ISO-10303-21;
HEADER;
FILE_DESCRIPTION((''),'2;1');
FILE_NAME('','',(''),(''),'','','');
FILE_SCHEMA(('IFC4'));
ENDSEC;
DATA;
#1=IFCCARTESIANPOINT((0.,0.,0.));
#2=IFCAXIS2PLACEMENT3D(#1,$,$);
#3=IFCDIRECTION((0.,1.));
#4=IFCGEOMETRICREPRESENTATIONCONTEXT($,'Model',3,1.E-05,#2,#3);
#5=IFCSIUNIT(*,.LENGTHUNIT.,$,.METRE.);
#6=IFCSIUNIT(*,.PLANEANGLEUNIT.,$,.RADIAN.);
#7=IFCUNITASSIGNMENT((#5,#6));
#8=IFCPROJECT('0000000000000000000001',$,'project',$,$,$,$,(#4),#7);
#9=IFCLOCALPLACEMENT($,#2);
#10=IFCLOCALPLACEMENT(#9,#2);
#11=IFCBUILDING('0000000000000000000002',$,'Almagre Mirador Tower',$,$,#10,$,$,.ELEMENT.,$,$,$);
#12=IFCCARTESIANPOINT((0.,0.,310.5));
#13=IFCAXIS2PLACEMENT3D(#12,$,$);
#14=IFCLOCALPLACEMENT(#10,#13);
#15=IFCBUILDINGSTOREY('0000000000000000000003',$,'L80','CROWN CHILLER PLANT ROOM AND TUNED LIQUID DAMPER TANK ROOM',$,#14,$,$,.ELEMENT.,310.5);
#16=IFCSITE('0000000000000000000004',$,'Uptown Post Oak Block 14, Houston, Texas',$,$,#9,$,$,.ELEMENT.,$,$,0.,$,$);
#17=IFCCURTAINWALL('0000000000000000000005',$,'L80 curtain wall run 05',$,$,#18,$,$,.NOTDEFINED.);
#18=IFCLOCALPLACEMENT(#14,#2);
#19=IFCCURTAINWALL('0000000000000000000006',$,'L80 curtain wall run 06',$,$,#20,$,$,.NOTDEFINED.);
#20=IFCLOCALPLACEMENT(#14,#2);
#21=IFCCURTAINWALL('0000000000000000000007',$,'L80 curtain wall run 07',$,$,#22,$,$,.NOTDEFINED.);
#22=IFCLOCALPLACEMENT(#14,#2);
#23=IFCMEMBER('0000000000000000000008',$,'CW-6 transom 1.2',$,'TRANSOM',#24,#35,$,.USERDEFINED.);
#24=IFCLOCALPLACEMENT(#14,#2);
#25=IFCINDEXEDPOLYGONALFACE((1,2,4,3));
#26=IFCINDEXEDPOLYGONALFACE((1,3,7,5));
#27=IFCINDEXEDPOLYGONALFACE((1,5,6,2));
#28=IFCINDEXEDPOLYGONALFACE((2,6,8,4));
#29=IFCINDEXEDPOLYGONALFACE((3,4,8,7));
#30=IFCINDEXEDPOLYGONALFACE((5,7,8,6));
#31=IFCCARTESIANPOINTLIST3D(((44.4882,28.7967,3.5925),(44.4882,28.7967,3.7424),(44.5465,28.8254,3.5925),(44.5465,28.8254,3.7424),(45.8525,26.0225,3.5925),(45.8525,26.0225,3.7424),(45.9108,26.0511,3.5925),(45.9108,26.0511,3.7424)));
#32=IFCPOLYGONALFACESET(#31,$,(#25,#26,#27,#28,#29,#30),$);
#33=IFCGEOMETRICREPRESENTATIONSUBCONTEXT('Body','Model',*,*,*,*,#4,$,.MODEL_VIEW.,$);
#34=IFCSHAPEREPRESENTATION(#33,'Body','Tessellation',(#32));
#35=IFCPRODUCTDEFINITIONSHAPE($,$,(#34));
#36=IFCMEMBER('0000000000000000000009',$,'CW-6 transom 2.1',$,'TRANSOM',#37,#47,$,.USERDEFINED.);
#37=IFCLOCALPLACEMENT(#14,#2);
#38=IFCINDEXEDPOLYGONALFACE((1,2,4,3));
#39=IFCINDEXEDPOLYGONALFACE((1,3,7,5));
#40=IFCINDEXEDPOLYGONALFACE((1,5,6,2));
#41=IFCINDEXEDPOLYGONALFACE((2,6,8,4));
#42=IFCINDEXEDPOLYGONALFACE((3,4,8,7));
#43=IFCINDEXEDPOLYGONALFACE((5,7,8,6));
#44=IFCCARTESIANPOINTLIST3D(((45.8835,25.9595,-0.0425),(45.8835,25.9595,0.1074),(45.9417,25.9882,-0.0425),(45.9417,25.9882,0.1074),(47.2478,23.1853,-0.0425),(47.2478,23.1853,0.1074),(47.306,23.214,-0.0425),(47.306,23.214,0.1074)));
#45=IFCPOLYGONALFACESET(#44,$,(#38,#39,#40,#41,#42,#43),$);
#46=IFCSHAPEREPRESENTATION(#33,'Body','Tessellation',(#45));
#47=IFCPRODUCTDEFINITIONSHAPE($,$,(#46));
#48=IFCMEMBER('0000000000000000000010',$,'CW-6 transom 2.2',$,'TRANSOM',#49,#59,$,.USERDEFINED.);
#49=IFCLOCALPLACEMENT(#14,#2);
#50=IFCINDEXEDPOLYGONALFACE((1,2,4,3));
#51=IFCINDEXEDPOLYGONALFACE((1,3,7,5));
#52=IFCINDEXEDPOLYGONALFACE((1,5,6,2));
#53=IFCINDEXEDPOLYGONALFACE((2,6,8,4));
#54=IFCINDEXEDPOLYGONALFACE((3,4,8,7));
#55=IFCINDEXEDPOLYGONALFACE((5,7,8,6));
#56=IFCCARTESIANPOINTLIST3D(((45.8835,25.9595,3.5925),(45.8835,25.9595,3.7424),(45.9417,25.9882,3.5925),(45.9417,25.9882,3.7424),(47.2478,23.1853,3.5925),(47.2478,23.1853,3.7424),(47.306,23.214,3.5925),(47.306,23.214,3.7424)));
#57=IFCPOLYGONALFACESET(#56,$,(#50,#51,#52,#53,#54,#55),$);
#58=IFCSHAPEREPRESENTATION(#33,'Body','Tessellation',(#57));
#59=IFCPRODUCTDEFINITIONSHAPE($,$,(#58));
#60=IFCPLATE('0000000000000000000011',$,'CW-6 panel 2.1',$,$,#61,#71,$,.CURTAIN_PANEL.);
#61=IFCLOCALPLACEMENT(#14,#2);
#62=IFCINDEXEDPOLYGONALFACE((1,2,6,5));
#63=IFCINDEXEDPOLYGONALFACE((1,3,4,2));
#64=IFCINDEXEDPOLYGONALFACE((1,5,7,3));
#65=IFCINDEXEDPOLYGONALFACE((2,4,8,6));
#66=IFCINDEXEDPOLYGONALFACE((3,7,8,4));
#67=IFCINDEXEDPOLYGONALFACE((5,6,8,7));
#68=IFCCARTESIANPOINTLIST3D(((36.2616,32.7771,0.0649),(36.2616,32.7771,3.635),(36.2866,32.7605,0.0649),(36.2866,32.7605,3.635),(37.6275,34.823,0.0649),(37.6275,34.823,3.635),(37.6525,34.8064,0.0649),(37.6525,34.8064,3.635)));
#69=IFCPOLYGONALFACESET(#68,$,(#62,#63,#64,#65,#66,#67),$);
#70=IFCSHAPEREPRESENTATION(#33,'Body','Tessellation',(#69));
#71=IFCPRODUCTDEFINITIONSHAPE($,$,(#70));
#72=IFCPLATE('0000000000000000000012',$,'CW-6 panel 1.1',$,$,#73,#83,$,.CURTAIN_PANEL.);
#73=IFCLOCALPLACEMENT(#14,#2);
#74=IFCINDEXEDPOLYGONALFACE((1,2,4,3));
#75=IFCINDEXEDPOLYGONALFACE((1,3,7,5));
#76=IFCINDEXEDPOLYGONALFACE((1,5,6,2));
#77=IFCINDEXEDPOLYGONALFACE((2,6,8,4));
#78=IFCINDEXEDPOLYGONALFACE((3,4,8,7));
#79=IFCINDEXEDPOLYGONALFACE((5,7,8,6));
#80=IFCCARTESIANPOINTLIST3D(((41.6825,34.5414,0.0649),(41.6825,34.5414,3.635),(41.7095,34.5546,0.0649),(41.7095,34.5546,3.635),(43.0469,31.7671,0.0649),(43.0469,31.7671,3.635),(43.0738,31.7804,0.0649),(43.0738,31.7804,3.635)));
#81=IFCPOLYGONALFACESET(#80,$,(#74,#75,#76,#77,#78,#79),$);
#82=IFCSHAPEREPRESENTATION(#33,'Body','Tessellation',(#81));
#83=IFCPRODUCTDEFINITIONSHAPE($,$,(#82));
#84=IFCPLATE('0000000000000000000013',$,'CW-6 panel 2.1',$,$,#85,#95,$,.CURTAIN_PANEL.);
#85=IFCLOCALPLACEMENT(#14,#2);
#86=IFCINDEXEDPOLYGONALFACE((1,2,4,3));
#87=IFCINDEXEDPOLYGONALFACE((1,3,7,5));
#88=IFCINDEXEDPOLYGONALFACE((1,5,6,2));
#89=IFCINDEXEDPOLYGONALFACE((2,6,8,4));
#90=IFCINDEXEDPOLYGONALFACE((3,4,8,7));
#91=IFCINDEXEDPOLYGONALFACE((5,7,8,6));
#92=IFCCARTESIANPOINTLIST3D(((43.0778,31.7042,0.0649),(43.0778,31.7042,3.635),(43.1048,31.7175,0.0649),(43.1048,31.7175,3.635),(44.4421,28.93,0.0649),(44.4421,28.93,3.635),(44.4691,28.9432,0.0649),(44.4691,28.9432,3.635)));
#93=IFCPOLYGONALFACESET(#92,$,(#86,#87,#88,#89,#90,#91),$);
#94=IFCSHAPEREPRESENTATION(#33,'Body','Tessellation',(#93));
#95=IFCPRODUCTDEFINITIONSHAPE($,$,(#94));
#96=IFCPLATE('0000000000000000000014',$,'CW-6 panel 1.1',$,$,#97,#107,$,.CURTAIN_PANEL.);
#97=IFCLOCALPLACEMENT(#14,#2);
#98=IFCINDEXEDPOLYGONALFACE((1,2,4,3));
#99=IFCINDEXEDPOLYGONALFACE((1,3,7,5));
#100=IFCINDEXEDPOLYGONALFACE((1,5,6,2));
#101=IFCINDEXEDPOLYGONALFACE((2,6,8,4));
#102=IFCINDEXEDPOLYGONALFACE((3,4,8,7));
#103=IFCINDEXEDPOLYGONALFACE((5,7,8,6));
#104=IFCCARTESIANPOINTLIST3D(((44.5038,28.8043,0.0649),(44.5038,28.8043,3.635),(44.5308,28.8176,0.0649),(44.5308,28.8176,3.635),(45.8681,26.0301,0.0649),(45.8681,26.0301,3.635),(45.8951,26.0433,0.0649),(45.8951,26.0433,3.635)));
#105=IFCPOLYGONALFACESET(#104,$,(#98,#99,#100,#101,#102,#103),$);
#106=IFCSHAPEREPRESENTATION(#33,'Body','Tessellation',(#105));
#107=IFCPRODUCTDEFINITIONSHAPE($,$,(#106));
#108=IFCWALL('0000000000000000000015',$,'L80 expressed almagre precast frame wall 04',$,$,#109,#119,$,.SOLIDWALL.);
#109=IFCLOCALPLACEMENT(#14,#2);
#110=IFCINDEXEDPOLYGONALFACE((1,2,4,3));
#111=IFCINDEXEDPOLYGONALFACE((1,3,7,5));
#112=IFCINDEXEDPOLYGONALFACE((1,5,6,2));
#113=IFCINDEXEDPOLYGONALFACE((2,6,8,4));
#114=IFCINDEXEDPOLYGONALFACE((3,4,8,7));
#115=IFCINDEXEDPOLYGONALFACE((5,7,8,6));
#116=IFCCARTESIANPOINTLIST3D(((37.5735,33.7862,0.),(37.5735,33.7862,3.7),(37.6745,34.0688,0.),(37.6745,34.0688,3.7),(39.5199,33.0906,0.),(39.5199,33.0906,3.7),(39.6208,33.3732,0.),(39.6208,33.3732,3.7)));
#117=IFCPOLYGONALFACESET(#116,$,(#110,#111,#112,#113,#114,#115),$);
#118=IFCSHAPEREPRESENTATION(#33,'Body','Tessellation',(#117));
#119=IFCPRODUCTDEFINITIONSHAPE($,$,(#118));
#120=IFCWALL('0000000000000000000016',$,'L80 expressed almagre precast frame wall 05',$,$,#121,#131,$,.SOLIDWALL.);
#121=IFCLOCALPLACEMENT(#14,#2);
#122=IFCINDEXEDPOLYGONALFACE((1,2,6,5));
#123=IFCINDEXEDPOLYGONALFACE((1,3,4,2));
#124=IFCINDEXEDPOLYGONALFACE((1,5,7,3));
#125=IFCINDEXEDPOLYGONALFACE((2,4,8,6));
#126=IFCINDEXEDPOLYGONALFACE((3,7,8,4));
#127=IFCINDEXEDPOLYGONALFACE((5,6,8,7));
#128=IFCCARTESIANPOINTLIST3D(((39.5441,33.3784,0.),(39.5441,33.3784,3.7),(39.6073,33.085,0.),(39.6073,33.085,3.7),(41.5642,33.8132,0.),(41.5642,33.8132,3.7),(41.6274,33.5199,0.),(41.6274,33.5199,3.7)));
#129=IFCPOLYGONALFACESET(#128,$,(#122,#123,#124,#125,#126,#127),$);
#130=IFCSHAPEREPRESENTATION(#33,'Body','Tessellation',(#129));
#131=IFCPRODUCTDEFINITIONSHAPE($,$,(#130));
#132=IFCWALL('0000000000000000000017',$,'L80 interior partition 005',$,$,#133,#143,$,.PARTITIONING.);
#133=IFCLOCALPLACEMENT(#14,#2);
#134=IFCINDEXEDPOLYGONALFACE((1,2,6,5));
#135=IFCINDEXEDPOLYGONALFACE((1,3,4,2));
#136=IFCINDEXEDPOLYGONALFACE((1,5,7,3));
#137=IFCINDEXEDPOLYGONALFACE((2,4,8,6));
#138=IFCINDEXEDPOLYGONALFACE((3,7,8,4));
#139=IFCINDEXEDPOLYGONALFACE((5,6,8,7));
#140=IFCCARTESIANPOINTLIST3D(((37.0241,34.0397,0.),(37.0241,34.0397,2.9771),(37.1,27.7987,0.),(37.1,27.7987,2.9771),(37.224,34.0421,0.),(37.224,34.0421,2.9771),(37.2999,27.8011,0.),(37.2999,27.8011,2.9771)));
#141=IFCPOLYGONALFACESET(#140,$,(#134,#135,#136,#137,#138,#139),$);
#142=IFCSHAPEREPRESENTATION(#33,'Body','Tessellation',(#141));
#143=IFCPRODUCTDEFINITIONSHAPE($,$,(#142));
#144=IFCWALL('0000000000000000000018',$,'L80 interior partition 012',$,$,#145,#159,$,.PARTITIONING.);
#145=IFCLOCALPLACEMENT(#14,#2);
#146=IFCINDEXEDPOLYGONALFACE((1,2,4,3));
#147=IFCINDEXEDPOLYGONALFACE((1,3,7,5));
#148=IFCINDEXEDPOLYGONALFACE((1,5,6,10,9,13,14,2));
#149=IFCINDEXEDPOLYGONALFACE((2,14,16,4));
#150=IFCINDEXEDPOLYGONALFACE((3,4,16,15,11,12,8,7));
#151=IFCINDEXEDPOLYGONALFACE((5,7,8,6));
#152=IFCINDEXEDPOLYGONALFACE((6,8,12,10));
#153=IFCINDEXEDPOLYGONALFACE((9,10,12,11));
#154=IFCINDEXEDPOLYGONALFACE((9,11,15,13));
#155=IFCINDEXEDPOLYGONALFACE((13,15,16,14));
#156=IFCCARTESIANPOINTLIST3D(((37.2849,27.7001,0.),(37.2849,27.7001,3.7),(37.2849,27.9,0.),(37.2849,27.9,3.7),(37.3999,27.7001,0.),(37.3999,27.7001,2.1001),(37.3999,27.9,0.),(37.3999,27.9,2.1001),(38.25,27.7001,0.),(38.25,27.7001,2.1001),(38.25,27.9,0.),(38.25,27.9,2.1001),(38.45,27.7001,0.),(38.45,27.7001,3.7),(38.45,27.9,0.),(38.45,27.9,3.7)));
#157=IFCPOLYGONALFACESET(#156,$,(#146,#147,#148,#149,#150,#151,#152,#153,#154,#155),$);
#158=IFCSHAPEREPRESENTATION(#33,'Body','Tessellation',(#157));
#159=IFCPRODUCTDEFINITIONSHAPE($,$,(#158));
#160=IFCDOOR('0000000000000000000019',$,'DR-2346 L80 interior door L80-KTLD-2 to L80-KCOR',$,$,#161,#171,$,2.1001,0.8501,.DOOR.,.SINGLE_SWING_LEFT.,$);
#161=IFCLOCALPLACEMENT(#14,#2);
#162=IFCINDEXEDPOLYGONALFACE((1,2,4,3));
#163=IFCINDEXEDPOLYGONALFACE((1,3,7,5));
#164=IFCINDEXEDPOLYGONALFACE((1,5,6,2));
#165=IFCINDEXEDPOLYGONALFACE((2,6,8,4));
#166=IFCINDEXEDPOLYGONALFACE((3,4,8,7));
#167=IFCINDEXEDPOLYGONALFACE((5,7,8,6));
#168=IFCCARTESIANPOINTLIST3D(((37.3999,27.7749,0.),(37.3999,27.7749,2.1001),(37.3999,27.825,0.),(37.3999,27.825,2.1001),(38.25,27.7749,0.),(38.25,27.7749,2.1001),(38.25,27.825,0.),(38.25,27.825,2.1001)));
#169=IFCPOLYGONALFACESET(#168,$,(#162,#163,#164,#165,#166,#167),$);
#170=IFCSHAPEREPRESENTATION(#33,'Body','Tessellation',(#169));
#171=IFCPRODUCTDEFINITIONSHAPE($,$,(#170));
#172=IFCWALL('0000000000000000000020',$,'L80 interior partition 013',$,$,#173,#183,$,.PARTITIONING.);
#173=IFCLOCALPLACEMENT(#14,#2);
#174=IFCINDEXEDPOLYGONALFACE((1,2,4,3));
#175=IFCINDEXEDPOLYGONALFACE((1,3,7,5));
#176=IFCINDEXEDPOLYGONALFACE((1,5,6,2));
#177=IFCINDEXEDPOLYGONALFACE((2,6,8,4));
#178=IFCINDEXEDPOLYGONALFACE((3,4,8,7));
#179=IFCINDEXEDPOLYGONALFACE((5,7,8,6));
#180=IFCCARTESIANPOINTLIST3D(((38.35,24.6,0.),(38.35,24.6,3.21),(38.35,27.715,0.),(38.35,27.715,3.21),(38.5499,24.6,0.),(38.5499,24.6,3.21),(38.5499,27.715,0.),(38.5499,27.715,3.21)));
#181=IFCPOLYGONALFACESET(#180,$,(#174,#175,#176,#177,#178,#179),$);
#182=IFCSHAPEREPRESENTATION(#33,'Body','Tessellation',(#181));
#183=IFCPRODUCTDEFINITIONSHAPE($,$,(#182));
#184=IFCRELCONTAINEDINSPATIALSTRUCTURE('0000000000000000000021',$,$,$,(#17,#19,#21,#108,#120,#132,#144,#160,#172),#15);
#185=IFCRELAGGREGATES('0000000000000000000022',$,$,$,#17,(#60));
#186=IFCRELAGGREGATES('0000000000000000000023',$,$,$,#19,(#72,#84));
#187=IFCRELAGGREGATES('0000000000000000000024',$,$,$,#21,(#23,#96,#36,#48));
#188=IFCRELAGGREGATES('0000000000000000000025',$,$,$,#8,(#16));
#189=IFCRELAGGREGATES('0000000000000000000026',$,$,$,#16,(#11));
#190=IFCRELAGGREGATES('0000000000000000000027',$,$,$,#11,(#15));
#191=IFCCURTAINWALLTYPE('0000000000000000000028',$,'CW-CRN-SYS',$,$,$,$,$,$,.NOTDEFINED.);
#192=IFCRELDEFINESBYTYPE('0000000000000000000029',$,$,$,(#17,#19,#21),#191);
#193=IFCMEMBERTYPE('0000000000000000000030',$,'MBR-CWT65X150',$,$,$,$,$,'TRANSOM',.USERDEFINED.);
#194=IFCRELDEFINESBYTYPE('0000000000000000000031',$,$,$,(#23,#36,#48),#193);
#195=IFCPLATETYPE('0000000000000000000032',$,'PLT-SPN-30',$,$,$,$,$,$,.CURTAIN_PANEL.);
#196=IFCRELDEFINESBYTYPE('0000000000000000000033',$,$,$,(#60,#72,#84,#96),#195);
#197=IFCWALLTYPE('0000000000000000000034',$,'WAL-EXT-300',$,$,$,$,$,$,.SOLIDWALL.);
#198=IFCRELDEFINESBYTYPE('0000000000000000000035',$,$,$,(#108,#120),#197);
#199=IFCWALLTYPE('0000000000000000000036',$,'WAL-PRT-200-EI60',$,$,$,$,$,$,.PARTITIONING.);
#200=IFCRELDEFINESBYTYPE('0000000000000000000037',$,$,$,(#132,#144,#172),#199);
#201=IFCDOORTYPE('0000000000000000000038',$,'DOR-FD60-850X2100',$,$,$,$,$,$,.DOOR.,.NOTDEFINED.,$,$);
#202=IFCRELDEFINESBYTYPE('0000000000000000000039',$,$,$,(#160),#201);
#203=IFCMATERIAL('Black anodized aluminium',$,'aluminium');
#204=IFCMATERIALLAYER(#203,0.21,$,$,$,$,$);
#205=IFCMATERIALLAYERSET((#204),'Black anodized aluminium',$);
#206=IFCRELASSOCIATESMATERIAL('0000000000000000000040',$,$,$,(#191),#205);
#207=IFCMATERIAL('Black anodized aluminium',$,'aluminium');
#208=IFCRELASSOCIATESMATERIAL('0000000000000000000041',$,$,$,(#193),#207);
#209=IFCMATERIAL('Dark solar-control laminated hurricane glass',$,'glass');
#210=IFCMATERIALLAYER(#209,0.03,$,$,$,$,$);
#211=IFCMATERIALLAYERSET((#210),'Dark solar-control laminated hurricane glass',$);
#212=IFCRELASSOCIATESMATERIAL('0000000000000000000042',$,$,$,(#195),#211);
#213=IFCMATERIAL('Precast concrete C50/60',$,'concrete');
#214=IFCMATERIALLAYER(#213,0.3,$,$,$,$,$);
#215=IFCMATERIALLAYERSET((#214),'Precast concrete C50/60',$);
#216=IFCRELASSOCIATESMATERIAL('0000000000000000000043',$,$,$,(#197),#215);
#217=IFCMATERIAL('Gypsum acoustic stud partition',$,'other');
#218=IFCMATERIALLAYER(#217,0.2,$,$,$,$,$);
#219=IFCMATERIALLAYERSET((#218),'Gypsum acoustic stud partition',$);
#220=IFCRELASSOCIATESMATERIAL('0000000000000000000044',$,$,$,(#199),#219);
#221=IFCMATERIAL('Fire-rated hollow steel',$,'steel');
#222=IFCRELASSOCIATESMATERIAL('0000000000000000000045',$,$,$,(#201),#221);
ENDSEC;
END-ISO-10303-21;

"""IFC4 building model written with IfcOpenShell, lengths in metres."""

from ifc_helpers import new_model, si_unit, direction, frame, frame_2d, origin, origin_2d, place, context, subcontext, project, spatial, rectangle, extrude, material, layer, layer_set, material_profile, profile_set, type_object, element, fill, aggregate, save


model = new_model("IFC4")

# Units and contexts
model_context = context("Model", 3, precision=1e-05, world=origin(), true_north=direction((0.0, 1.0)))
body_context = subcontext(model_context, "Body", "Model", "MODEL_VIEW")
ifc_project = project(units=[si_unit("LENGTHUNIT", "METRE"), si_unit("PLANEANGLEUNIT", "RADIAN")], contexts=[model_context])

# Site, building, storey
site_placement = place(None, origin())
site = spatial("IfcSite", under=ifc_project, at=site_placement, Name="Uptown Post Oak Block 14, Houston, Texas", CompositionType="ELEMENT", RefElevation=0.0)
building_placement = place(site_placement, origin())
building = spatial("IfcBuilding", under=site, at=building_placement, Name="Almagre Mirador Tower", CompositionType="ELEMENT")
storey_placement = place(building_placement, frame((0.0, 0.0, 310.5)))
storey = spatial("IfcBuildingStorey", under=building, at=storey_placement, Name="L80", Description="CROWN CHILLER PLANT ROOM AND TUNED LIQUID DAMPER TANK ROOM", CompositionType="ELEMENT", Elevation=310.5)

# Curtain wall
ifc_material_1 = material(Name="Black anodized aluminium", Category="aluminium")
ifc_layer_1 = layer(ifc_material_1, 0.21)
ifc_layer_set_1 = layer_set([ifc_layer_1], Name="Black anodized aluminium")
curtain_wall_type = type_object("IfcCurtainWallType", Name="CW-CRN-SYS", PredefinedType="NOTDEFINED", material=ifc_layer_set_1)
curtain_wall_1_placement = place(storey_placement, origin())
curtain_wall_1 = element("IfcCurtainWall", 1, at=curtain_wall_1_placement, inside=storey, type_object=curtain_wall_type, Name="L80 curtain wall run 05", PredefinedType="NOTDEFINED")

# Curtain walls
curtain_wall_2_placement = place(storey_placement, origin())
curtain_wall_2 = element("IfcCurtainWall", 2, at=curtain_wall_2_placement, inside=storey, type_object=curtain_wall_type, Name="L80 curtain wall run 06", PredefinedType="NOTDEFINED")
curtain_wall_3_placement = place(storey_placement, origin())
curtain_wall_3 = element("IfcCurtainWall", 3, at=curtain_wall_3_placement, inside=storey, type_object=curtain_wall_type, Name="L80 curtain wall run 07", PredefinedType="NOTDEFINED")

# Members
ifc_material_2 = material(Name="Black anodized aluminium", Category="aluminium")
ifc_material_profile_1 = material_profile(ifc_material_2, rectangle(XDim=0.0649, YDim=0.1499, at=origin_2d()), Name="CWT65X150")
ifc_profile_set_1 = profile_set([ifc_material_profile_1], Name="Black anodized aluminium")
member_type_1 = type_object("IfcMemberType", Name="MBR-CWT65X150", ElementType="TRANSOM", PredefinedType="USERDEFINED", material=ifc_profile_set_1)
member_1_placement = place(storey_placement, frame((44.5173, 28.811, 3.6675), z_axis=(0.441297, -0.897361, 0.0), x_axis=(0.897361, 0.441297, 0.0)))
member_1 = element("IfcMember", 4, at=member_1_placement, type_object=member_type_1, Name="CW-6 transom 1.2", ObjectType="TRANSOM", PredefinedType="USERDEFINED", context=body_context, shape_type="SweptSolid", body=[
    extrude(rectangle(XDim=0.0649, YDim=0.1499, at=origin_2d()), origin(), (0.0, 0.0, 1.0), 3.0916),
])
member_2_placement = place(storey_placement, frame((45.9126, 25.9739, 0.0325), z_axis=(0.441297, -0.897361, 0.0), x_axis=(0.897361, 0.441297, 0.0)))
member_2 = element("IfcMember", 5, at=member_2_placement, type_object=member_type_1, Name="CW-6 transom 2.1", ObjectType="TRANSOM", PredefinedType="USERDEFINED", context=body_context, shape_type="SweptSolid", body=[
    extrude(rectangle(XDim=0.0649, YDim=0.1499, at=origin_2d()), origin(), (0.0, 0.0, 1.0), 3.0916),
])
member_3_placement = place(storey_placement, frame((45.9126, 25.9739, 3.6675), z_axis=(0.441297, -0.897361, 0.0), x_axis=(0.897361, 0.441297, 0.0)))
member_3 = element("IfcMember", 6, at=member_3_placement, type_object=member_type_1, Name="CW-6 transom 2.2", ObjectType="TRANSOM", PredefinedType="USERDEFINED", context=body_context, shape_type="SweptSolid", body=[
    extrude(rectangle(XDim=0.0649, YDim=0.1499, at=origin_2d()), origin(), (0.0, 0.0, 1.0), 3.0916),
])

# Plates
ifc_material_3 = material(Name="Dark solar-control laminated hurricane glass", Category="glass")
ifc_layer_2 = layer(ifc_material_3, 0.03)
ifc_layer_set_2 = layer_set([ifc_layer_2], Name="Dark solar-control laminated hurricane glass")
plate_type = type_object("IfcPlateType", Name="PLT-SPN-30", PredefinedType="CURTAIN_PANEL", material=ifc_layer_set_2)
plate_1_placement = place(storey_placement, frame((36.957, 33.7917, 0.0649), z_axis=(0.0, 0.0, 1.0), x_axis=(0.555267, 0.831672, 0.0)))
plate_1 = element("IfcPlate", 7, at=plate_1_placement, type_object=plate_type, Name="CW-6 panel 2.1", PredefinedType="CURTAIN_PANEL", context=body_context, shape_type="SweptSolid", body=[
    extrude(rectangle(XDim=2.46, YDim=0.03, at=origin_2d()), origin(), (0.0, 0.0, 1.0), 3.5701),
])
aggregate(curtain_wall_1, [plate_1])
plate_2_placement = place(storey_placement, frame((42.3782, 33.1609, 0.0649), z_axis=(0.0, 0.0, 1.0), x_axis=(0.441304, -0.897358, 0.0)))
plate_2 = element("IfcPlate", 8, at=plate_2_placement, type_object=plate_type, Name="CW-6 panel 1.1", PredefinedType="CURTAIN_PANEL", context=body_context, shape_type="SweptSolid", body=[
    extrude(rectangle(XDim=3.0916, YDim=0.03, at=origin_2d()), origin(), (0.0, 0.0, 1.0), 3.5701),
])
plate_3_placement = place(storey_placement, frame((43.7734, 30.3237, 0.0649), z_axis=(0.0, 0.0, 1.0), x_axis=(0.441304, -0.897358, 0.0)))
plate_3 = element("IfcPlate", 9, at=plate_3_placement, type_object=plate_type, Name="CW-6 panel 2.1", PredefinedType="CURTAIN_PANEL", context=body_context, shape_type="SweptSolid", body=[
    extrude(rectangle(XDim=3.0916, YDim=0.03, at=origin_2d()), origin(), (0.0, 0.0, 1.0), 3.5701),
])
aggregate(curtain_wall_2, [plate_2, plate_3])
plate_4_placement = place(storey_placement, frame((45.1995, 27.4238, 0.0649), z_axis=(0.0, 0.0, 1.0), x_axis=(0.441298, -0.897361, 0.0)))
plate_4 = element("IfcPlate", 10, at=plate_4_placement, type_object=plate_type, Name="CW-6 panel 1.1", PredefinedType="CURTAIN_PANEL", context=body_context, shape_type="SweptSolid", body=[
    extrude(rectangle(XDim=3.0916, YDim=0.03, at=origin_2d()), origin(), (0.0, 0.0, 1.0), 3.5701),
])
aggregate(curtain_wall_3, [member_1, plate_4, member_2, member_3])

# Walls
ifc_material_4 = material(Name="Precast concrete C50/60", Category="concrete")
ifc_layer_3 = layer(ifc_material_4, 0.3)
ifc_layer_set_3 = layer_set([ifc_layer_3], Name="Precast concrete C50/60")
wall_type_1 = type_object("IfcWallType", Name="WAL-EXT-300", PredefinedType="SOLIDWALL", material=ifc_layer_set_3)
wall_1_placement = place(storey_placement, frame((37.624, 33.9275, 0.0), z_axis=(0.0, 0.0, 1.0), x_axis=(0.941672, -0.336531, 0.0)))
element("IfcWall", 11, at=wall_1_placement, inside=storey, type_object=wall_type_1, Name="L80 expressed almagre precast frame wall 04", PredefinedType="SOLIDWALL", context=body_context, shape_type="SweptSolid", body=[
    extrude(rectangle(XDim=2.0669, YDim=0.3, at=frame_2d((1.0334, 0.0))), origin(), (0.0, 0.0, 1.0), 3.7),
])
wall_2_placement = place(storey_placement, frame((39.5757, 33.2317, 0.0), z_axis=(0.0, 0.0, 1.0), x_axis=(0.977608, 0.210433, 0.0)))
element("IfcWall", 12, at=wall_2_placement, inside=storey, type_object=wall_type_1, Name="L80 expressed almagre precast frame wall 05", PredefinedType="SOLIDWALL", context=body_context, shape_type="SweptSolid", body=[
    extrude(rectangle(XDim=2.0664, YDim=0.3, at=frame_2d((1.0332, 0.0))), origin(), (0.0, 0.0, 1.0), 3.7),
])
ifc_material_5 = material(Name="Gypsum acoustic stud partition", Category="other")
ifc_layer_4 = layer(ifc_material_5, 0.2)
ifc_layer_set_4 = layer_set([ifc_layer_4], Name="Gypsum acoustic stud partition")
wall_type_2 = type_object("IfcWallType", Name="WAL-PRT-200-EI60", PredefinedType="PARTITIONING", material=ifc_layer_set_4)
wall_3_placement = place(storey_placement, frame((37.2, 27.8, 0.0), z_axis=(0.0, 0.0, 1.0), x_axis=(-0.012165, 0.999926, 0.0)))
element("IfcWall", 13, at=wall_3_placement, inside=storey, type_object=wall_type_2, Name="L80 interior partition 005", PredefinedType="PARTITIONING", context=body_context, shape_type="SweptSolid", body=[
    extrude(rectangle(XDim=6.2415, YDim=0.2, at=frame_2d((3.1206, 0.0))), origin(), (0.0, 0.0, 1.0), 2.9771),
])

# Wall, opening, door
wall_4_placement = place(storey_placement, frame((37.2849, 27.8, 0.0), z_axis=(0.0, 0.0, 1.0), x_axis=(1.0, 0.0, 0.0)))
wall_4 = element("IfcWall", 14, at=wall_4_placement, inside=storey, type_object=wall_type_2, Name="L80 interior partition 012", PredefinedType="PARTITIONING", context=body_context, shape_type="SweptSolid", body=[
    extrude(rectangle(XDim=1.165, YDim=0.2, at=frame_2d((0.5825, 0.0))), origin(), (0.0, 0.0, 1.0), 3.7),
])
opening_placement = place(wall_4_placement, frame((0.115, 0.0, 0.0)))
opening = element("IfcOpeningElement", 15, at=opening_placement, cuts=wall_4, PredefinedType="OPENING", context=body_context, shape_type="SweptSolid", body=[
    extrude(rectangle(XDim=0.8501, YDim=2.1001, at=frame_2d((0.425, 1.05))), frame((0.0, 0.1101, 0.0), z_axis=(0.0, -1.0, 0.0), x_axis=(1.0, 0.0, 0.0)), (0.0, 0.0, 1.0), 0.22),
])
ifc_material_6 = material(Name="Fire-rated hollow steel", Category="steel")
door_type = type_object("IfcDoorType", Name="DOR-FD60-850X2100", OperationType="NOTDEFINED", PredefinedType="DOOR", material=ifc_material_6)
door_placement = place(opening_placement, origin())
door = element("IfcDoor", 16, at=door_placement, inside=storey, type_object=door_type, Name="DR-2346 L80 interior door L80-KTLD-2 to L80-KCOR", OperationType="SINGLE_SWING_LEFT", OverallHeight=2.1001, OverallWidth=0.8501, PredefinedType="DOOR", context=body_context, shape_type="SweptSolid", body=[
    extrude(rectangle(XDim=0.8501, YDim=2.1001, at=frame_2d((0.425, 1.05))), frame((0.0, 0.0249, 0.0), z_axis=(0.0, -1.0, 0.0), x_axis=(1.0, 0.0, 0.0)), (0.0, 0.0, 1.0), 0.05),
])
fill(opening, door)

# Wall
wall_5_placement = place(storey_placement, frame((38.45, 27.7151, 0.0), z_axis=(0.0, 0.0, 1.0), x_axis=(0.0, -1.0, 0.0)))
element("IfcWall", 17, at=wall_5_placement, inside=storey, type_object=wall_type_2, Name="L80 interior partition 013", PredefinedType="PARTITIONING", context=body_context, shape_type="SweptSolid", body=[
    extrude(rectangle(XDim=3.115, YDim=0.2, at=frame_2d((1.5576, 0.0))), origin(), (0.0, 0.0, 1.0), 3.21),
])

save(model, "model.ifc")
